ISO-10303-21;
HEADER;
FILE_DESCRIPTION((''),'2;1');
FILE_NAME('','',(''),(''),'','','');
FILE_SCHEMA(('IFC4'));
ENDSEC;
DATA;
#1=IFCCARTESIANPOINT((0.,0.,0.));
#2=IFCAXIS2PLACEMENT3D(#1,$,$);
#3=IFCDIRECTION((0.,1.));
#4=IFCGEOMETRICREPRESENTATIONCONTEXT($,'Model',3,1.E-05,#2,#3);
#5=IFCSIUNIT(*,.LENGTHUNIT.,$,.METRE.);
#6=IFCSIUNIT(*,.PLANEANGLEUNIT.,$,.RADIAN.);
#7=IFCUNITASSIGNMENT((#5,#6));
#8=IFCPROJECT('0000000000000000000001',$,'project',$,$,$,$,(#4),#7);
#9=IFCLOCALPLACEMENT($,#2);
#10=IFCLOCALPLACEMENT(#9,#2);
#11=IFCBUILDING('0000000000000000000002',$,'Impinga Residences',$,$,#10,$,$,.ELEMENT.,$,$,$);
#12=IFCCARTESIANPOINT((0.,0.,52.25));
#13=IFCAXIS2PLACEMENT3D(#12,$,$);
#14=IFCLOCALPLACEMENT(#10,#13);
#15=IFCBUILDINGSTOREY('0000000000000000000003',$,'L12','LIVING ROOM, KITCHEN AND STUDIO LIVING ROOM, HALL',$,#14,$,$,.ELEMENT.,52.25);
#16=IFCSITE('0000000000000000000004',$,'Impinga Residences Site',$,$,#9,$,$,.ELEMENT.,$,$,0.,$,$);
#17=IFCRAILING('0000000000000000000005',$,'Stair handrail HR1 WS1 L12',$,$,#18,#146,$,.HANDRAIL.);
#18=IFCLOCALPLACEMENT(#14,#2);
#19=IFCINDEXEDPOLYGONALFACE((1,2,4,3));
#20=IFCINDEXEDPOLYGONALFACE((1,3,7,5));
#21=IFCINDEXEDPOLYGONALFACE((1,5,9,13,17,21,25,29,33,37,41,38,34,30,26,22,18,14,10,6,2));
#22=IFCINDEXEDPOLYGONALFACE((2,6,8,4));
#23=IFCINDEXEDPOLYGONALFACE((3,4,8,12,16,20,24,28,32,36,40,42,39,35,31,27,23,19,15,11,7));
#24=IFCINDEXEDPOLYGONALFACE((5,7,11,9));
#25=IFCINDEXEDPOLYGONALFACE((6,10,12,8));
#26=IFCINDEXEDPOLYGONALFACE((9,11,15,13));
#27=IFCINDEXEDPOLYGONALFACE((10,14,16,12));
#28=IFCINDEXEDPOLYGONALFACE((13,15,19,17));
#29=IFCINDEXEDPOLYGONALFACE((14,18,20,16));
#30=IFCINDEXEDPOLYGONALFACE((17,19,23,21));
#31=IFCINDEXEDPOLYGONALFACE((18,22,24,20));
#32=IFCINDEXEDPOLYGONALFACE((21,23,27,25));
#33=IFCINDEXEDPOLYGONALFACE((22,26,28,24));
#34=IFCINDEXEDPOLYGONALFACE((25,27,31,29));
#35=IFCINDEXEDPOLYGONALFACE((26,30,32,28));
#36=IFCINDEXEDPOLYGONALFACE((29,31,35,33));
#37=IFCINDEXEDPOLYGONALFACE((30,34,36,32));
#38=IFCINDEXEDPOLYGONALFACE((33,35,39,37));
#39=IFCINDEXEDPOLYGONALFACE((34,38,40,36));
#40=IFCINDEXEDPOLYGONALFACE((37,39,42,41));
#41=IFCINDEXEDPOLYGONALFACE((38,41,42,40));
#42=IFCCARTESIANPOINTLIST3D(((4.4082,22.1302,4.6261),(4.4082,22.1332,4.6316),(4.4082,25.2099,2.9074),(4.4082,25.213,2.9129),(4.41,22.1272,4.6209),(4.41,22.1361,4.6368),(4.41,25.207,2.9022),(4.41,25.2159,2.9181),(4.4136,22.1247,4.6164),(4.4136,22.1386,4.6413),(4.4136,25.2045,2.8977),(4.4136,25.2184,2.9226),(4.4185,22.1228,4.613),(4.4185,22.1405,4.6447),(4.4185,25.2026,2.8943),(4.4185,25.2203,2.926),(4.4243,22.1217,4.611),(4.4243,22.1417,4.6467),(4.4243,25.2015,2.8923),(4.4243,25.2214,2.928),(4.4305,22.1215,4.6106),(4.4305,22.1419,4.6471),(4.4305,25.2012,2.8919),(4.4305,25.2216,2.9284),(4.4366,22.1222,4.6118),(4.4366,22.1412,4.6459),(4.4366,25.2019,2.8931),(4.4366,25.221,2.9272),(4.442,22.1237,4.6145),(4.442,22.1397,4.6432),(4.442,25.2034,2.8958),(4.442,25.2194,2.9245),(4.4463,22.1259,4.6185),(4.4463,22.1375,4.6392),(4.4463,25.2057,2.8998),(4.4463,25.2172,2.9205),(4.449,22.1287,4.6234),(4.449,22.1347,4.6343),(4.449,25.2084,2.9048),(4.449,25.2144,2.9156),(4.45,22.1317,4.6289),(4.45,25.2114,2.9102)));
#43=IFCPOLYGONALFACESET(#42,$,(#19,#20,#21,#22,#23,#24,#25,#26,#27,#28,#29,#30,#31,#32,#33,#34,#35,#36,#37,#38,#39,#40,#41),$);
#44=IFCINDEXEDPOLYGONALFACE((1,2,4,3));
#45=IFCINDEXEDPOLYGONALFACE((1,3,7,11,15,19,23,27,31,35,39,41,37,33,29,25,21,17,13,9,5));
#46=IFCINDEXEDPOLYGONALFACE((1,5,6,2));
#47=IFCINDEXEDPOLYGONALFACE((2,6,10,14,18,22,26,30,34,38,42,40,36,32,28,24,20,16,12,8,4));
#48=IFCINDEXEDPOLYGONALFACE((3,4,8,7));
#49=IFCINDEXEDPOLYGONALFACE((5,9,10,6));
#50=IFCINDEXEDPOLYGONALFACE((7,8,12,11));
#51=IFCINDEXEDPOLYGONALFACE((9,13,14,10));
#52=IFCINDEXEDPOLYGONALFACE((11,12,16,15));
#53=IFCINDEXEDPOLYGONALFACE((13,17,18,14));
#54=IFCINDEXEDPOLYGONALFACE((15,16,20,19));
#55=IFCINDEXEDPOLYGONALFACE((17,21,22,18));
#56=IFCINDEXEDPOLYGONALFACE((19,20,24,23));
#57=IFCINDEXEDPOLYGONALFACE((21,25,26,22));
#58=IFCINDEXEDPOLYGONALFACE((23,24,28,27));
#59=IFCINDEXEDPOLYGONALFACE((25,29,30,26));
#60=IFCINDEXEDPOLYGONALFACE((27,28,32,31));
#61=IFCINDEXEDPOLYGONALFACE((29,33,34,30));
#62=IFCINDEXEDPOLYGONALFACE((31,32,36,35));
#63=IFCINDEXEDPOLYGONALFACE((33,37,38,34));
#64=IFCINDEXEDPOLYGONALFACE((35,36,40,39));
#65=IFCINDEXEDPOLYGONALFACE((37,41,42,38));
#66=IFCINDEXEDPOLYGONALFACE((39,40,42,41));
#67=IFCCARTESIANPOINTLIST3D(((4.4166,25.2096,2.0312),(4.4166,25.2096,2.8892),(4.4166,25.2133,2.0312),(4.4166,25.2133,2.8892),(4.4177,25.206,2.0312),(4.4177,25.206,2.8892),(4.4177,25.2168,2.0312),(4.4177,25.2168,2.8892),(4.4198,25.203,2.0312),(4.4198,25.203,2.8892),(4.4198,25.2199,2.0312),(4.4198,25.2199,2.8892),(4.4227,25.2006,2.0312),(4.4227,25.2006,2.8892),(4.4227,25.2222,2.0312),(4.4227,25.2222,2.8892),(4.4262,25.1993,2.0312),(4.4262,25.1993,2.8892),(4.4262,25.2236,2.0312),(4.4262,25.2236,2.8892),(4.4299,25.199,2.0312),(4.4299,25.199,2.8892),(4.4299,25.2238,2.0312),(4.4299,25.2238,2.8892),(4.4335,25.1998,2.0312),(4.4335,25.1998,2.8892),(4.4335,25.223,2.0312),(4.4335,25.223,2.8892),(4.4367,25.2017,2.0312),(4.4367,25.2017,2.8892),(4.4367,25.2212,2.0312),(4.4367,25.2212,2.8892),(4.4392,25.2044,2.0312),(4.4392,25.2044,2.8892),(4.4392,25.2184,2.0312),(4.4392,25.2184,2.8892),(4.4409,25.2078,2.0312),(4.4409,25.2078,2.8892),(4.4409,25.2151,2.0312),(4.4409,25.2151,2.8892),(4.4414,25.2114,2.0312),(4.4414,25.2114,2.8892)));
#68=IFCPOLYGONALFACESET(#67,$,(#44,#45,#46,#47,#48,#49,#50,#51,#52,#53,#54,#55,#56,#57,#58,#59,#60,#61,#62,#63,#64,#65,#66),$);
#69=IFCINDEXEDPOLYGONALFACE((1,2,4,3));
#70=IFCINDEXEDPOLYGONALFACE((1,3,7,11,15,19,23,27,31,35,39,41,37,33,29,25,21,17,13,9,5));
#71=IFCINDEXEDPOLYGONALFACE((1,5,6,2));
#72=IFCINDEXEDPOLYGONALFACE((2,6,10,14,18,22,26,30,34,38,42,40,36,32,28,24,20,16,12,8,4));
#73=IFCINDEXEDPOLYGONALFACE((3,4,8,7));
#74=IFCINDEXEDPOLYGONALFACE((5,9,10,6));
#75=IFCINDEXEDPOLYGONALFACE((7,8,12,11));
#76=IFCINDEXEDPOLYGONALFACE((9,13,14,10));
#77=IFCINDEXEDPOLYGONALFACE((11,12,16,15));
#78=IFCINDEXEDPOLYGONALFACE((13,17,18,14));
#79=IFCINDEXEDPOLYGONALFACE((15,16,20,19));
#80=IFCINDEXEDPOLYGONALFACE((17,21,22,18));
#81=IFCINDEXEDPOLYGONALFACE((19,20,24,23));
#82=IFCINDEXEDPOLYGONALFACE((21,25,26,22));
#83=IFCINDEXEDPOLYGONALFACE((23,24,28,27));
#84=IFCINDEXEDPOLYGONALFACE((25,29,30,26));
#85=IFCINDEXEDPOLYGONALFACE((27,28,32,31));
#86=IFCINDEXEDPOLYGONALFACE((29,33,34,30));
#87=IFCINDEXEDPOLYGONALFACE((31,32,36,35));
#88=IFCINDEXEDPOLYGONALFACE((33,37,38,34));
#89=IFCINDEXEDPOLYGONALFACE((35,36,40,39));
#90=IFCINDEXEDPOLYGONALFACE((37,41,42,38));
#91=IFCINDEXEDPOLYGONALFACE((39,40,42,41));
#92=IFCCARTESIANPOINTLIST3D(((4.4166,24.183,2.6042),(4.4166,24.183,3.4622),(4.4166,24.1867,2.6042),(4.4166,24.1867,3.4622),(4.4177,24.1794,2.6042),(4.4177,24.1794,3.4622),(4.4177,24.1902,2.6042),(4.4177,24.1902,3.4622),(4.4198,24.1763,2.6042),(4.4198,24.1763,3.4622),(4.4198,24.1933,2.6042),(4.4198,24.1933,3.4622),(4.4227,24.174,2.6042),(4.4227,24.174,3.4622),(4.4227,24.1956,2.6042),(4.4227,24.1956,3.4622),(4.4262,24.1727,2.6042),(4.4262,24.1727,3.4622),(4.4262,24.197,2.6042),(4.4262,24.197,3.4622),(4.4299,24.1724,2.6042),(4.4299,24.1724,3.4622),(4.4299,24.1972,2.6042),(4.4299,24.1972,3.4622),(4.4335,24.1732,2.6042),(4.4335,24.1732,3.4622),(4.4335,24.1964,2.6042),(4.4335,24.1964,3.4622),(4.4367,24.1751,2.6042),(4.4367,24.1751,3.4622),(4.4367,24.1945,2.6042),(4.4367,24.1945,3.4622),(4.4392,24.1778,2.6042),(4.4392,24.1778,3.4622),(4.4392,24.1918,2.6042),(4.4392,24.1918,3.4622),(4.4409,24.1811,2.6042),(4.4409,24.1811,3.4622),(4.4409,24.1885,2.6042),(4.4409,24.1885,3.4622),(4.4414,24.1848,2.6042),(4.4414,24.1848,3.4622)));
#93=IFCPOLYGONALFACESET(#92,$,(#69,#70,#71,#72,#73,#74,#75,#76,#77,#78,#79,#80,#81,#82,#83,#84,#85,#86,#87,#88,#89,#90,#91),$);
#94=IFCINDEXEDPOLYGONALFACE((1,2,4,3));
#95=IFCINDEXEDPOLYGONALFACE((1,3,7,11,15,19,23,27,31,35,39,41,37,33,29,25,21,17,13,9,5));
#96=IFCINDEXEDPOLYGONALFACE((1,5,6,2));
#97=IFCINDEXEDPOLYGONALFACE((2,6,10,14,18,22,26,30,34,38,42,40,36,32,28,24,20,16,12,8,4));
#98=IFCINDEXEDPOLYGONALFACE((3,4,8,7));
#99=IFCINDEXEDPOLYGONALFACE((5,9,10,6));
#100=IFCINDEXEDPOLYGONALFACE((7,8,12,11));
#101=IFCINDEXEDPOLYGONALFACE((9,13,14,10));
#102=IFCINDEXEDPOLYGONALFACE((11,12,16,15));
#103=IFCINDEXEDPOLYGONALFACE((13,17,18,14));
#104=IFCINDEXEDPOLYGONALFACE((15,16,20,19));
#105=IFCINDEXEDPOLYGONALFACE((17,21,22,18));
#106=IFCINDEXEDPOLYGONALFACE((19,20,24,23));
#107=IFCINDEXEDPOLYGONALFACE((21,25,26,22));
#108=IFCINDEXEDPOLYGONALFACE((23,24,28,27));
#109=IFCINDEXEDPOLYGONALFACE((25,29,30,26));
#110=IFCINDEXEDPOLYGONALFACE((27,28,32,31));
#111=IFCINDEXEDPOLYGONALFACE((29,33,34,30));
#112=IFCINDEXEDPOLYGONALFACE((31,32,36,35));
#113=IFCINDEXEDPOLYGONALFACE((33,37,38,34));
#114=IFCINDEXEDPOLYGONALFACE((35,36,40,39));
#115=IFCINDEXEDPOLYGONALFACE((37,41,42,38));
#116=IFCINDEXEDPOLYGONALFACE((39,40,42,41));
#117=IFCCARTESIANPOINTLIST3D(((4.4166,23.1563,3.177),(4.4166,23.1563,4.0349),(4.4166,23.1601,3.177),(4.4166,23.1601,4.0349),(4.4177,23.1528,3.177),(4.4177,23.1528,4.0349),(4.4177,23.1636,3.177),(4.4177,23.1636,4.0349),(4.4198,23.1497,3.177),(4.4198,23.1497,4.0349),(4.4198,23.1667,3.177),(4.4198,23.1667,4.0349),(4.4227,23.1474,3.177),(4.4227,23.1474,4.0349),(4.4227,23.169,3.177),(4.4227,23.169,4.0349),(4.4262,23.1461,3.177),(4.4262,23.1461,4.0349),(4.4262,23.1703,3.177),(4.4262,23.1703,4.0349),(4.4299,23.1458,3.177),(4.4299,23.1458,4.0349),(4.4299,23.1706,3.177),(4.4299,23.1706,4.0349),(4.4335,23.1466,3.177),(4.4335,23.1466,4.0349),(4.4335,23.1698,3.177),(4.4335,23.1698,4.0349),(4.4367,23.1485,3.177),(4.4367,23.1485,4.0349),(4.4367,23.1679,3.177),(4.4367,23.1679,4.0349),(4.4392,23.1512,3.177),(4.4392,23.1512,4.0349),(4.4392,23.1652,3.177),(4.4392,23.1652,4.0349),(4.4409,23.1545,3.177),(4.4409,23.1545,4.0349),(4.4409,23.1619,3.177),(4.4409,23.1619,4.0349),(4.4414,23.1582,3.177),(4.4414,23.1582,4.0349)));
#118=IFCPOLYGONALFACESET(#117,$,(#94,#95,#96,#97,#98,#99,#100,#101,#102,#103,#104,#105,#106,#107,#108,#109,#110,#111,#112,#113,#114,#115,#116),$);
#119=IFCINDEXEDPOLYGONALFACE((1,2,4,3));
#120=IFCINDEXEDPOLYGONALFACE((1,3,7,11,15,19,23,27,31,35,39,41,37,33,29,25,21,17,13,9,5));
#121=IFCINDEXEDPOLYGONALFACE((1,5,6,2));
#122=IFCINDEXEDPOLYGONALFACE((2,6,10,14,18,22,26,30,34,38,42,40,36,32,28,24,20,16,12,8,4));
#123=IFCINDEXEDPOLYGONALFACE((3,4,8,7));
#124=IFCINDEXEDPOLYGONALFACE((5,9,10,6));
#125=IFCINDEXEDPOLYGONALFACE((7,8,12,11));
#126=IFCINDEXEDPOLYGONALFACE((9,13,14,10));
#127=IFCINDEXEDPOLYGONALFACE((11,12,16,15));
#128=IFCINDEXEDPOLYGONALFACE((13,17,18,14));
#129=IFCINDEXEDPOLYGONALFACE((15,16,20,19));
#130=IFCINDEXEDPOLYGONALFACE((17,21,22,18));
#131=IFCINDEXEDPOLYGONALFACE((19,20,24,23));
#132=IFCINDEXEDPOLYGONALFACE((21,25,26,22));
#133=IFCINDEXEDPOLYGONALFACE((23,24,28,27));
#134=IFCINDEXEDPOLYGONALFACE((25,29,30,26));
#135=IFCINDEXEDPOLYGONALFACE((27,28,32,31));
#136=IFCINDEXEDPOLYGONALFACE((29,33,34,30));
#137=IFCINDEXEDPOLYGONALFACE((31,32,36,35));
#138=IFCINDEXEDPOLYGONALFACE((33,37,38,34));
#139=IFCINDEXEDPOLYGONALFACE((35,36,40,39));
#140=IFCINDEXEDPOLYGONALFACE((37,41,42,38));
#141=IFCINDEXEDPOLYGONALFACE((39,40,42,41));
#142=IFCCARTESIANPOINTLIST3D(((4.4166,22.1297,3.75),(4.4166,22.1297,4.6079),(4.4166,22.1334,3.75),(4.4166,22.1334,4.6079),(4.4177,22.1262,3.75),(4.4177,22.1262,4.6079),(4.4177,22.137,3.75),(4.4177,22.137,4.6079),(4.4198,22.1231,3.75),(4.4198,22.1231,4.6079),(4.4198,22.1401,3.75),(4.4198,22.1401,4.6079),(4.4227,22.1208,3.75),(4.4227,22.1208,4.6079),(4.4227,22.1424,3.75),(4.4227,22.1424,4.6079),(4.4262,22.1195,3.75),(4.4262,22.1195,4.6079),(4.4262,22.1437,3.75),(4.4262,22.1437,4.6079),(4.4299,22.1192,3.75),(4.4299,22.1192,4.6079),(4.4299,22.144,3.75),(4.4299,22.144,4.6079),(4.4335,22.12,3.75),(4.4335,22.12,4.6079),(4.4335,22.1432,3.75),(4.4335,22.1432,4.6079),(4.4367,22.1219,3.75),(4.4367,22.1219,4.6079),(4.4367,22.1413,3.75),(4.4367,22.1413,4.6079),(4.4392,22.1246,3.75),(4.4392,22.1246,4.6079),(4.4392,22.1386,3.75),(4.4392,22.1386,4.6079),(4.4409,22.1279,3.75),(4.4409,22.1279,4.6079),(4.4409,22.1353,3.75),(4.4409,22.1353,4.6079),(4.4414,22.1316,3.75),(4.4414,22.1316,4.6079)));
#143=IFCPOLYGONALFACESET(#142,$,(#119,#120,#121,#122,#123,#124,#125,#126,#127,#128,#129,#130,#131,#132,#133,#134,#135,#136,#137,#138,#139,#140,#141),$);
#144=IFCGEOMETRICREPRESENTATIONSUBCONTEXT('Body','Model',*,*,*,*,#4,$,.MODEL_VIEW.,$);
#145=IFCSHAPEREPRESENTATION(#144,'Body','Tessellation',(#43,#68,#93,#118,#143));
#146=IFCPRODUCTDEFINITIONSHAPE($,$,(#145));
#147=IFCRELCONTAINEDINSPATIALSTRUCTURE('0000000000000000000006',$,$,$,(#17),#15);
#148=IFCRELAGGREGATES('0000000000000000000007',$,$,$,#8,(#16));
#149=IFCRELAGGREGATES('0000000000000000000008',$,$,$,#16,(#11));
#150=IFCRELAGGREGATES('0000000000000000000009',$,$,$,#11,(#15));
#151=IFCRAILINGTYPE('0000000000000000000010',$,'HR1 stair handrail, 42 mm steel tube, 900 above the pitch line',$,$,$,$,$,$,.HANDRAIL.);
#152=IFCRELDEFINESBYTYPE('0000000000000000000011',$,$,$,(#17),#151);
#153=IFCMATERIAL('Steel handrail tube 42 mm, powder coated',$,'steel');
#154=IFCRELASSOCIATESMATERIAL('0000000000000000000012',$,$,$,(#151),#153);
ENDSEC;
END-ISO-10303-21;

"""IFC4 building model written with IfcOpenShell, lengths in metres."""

from ifc_helpers import new_model, si_unit, direction, frame, origin, origin_2d, place, context, subcontext, project, spatial, circle, extrude, material, type_object, element, save


model = new_model("IFC4")

# Units and contexts
model_context = context("Model", 3, precision=1e-05, world=origin(), true_north=direction((0.0, 1.0)))
body_context = subcontext(model_context, "Body", "Model", "MODEL_VIEW")
ifc_project = project(units=[si_unit("LENGTHUNIT", "METRE"), si_unit("PLANEANGLEUNIT", "RADIAN")], contexts=[model_context])

# Site, building, storey
site_placement = place(None, origin())
site = spatial("IfcSite", under=ifc_project, at=site_placement, Name="Impinga Residences Site", CompositionType="ELEMENT", RefElevation=0.0)
building_placement = place(site_placement, origin())
building = spatial("IfcBuilding", under=site, at=building_placement, Name="Impinga Residences", CompositionType="ELEMENT")
storey_placement = place(building_placement, frame((0.0, 0.0, 52.25)))
storey = spatial("IfcBuildingStorey", under=building, at=storey_placement, Name="L12", Description="LIVING ROOM, KITCHEN AND STUDIO LIVING ROOM, HALL", CompositionType="ELEMENT", Elevation=52.25)

# Railing
ifc_material_1 = material(Name="Steel handrail tube 42 mm, powder coated", Category="steel")
railing_type_1 = type_object("IfcRailingType", Name="HR1 stair handrail, 42 mm steel tube, 900 above the pitch line", PredefinedType="HANDRAIL", material=ifc_material_1)
railing_1_placement = place(storey_placement, frame((4.429, 25.2114, 2.0312)))
element("IfcRailing", 1, at=railing_1_placement, inside=storey, type_object=railing_type_1, Name="Stair handrail HR1 WS1 L12", PredefinedType="HANDRAIL", context=body_context, shape_type="SweptSolid", body=[
    extrude(circle(Radius=0.021, at=origin_2d()), frame((0.0, 0.0, 0.8789), z_axis=(0.0, -0.873225, 0.487317), x_axis=(1.0, 0.0, 0.0)), (0.0, 0.0, 1.0), 3.5269),
    extrude(circle(Radius=0.0125, at=origin_2d()), origin(), (0.0, 0.0, 1.0), 0.8579),
    extrude(circle(Radius=0.0125, at=origin_2d()), frame((0.0, -1.0266, 0.573)), (0.0, 0.0, 1.0), 0.8579),
    extrude(circle(Radius=0.0125, at=origin_2d()), frame((0.0, -2.0532, 1.1458)), (0.0, 0.0, 1.0), 0.8579),
    extrude(circle(Radius=0.0125, at=origin_2d()), frame((0.0, -3.0798, 1.7188)), (0.0, 0.0, 1.0), 0.8579),
])

save(model, "model.ifc")
